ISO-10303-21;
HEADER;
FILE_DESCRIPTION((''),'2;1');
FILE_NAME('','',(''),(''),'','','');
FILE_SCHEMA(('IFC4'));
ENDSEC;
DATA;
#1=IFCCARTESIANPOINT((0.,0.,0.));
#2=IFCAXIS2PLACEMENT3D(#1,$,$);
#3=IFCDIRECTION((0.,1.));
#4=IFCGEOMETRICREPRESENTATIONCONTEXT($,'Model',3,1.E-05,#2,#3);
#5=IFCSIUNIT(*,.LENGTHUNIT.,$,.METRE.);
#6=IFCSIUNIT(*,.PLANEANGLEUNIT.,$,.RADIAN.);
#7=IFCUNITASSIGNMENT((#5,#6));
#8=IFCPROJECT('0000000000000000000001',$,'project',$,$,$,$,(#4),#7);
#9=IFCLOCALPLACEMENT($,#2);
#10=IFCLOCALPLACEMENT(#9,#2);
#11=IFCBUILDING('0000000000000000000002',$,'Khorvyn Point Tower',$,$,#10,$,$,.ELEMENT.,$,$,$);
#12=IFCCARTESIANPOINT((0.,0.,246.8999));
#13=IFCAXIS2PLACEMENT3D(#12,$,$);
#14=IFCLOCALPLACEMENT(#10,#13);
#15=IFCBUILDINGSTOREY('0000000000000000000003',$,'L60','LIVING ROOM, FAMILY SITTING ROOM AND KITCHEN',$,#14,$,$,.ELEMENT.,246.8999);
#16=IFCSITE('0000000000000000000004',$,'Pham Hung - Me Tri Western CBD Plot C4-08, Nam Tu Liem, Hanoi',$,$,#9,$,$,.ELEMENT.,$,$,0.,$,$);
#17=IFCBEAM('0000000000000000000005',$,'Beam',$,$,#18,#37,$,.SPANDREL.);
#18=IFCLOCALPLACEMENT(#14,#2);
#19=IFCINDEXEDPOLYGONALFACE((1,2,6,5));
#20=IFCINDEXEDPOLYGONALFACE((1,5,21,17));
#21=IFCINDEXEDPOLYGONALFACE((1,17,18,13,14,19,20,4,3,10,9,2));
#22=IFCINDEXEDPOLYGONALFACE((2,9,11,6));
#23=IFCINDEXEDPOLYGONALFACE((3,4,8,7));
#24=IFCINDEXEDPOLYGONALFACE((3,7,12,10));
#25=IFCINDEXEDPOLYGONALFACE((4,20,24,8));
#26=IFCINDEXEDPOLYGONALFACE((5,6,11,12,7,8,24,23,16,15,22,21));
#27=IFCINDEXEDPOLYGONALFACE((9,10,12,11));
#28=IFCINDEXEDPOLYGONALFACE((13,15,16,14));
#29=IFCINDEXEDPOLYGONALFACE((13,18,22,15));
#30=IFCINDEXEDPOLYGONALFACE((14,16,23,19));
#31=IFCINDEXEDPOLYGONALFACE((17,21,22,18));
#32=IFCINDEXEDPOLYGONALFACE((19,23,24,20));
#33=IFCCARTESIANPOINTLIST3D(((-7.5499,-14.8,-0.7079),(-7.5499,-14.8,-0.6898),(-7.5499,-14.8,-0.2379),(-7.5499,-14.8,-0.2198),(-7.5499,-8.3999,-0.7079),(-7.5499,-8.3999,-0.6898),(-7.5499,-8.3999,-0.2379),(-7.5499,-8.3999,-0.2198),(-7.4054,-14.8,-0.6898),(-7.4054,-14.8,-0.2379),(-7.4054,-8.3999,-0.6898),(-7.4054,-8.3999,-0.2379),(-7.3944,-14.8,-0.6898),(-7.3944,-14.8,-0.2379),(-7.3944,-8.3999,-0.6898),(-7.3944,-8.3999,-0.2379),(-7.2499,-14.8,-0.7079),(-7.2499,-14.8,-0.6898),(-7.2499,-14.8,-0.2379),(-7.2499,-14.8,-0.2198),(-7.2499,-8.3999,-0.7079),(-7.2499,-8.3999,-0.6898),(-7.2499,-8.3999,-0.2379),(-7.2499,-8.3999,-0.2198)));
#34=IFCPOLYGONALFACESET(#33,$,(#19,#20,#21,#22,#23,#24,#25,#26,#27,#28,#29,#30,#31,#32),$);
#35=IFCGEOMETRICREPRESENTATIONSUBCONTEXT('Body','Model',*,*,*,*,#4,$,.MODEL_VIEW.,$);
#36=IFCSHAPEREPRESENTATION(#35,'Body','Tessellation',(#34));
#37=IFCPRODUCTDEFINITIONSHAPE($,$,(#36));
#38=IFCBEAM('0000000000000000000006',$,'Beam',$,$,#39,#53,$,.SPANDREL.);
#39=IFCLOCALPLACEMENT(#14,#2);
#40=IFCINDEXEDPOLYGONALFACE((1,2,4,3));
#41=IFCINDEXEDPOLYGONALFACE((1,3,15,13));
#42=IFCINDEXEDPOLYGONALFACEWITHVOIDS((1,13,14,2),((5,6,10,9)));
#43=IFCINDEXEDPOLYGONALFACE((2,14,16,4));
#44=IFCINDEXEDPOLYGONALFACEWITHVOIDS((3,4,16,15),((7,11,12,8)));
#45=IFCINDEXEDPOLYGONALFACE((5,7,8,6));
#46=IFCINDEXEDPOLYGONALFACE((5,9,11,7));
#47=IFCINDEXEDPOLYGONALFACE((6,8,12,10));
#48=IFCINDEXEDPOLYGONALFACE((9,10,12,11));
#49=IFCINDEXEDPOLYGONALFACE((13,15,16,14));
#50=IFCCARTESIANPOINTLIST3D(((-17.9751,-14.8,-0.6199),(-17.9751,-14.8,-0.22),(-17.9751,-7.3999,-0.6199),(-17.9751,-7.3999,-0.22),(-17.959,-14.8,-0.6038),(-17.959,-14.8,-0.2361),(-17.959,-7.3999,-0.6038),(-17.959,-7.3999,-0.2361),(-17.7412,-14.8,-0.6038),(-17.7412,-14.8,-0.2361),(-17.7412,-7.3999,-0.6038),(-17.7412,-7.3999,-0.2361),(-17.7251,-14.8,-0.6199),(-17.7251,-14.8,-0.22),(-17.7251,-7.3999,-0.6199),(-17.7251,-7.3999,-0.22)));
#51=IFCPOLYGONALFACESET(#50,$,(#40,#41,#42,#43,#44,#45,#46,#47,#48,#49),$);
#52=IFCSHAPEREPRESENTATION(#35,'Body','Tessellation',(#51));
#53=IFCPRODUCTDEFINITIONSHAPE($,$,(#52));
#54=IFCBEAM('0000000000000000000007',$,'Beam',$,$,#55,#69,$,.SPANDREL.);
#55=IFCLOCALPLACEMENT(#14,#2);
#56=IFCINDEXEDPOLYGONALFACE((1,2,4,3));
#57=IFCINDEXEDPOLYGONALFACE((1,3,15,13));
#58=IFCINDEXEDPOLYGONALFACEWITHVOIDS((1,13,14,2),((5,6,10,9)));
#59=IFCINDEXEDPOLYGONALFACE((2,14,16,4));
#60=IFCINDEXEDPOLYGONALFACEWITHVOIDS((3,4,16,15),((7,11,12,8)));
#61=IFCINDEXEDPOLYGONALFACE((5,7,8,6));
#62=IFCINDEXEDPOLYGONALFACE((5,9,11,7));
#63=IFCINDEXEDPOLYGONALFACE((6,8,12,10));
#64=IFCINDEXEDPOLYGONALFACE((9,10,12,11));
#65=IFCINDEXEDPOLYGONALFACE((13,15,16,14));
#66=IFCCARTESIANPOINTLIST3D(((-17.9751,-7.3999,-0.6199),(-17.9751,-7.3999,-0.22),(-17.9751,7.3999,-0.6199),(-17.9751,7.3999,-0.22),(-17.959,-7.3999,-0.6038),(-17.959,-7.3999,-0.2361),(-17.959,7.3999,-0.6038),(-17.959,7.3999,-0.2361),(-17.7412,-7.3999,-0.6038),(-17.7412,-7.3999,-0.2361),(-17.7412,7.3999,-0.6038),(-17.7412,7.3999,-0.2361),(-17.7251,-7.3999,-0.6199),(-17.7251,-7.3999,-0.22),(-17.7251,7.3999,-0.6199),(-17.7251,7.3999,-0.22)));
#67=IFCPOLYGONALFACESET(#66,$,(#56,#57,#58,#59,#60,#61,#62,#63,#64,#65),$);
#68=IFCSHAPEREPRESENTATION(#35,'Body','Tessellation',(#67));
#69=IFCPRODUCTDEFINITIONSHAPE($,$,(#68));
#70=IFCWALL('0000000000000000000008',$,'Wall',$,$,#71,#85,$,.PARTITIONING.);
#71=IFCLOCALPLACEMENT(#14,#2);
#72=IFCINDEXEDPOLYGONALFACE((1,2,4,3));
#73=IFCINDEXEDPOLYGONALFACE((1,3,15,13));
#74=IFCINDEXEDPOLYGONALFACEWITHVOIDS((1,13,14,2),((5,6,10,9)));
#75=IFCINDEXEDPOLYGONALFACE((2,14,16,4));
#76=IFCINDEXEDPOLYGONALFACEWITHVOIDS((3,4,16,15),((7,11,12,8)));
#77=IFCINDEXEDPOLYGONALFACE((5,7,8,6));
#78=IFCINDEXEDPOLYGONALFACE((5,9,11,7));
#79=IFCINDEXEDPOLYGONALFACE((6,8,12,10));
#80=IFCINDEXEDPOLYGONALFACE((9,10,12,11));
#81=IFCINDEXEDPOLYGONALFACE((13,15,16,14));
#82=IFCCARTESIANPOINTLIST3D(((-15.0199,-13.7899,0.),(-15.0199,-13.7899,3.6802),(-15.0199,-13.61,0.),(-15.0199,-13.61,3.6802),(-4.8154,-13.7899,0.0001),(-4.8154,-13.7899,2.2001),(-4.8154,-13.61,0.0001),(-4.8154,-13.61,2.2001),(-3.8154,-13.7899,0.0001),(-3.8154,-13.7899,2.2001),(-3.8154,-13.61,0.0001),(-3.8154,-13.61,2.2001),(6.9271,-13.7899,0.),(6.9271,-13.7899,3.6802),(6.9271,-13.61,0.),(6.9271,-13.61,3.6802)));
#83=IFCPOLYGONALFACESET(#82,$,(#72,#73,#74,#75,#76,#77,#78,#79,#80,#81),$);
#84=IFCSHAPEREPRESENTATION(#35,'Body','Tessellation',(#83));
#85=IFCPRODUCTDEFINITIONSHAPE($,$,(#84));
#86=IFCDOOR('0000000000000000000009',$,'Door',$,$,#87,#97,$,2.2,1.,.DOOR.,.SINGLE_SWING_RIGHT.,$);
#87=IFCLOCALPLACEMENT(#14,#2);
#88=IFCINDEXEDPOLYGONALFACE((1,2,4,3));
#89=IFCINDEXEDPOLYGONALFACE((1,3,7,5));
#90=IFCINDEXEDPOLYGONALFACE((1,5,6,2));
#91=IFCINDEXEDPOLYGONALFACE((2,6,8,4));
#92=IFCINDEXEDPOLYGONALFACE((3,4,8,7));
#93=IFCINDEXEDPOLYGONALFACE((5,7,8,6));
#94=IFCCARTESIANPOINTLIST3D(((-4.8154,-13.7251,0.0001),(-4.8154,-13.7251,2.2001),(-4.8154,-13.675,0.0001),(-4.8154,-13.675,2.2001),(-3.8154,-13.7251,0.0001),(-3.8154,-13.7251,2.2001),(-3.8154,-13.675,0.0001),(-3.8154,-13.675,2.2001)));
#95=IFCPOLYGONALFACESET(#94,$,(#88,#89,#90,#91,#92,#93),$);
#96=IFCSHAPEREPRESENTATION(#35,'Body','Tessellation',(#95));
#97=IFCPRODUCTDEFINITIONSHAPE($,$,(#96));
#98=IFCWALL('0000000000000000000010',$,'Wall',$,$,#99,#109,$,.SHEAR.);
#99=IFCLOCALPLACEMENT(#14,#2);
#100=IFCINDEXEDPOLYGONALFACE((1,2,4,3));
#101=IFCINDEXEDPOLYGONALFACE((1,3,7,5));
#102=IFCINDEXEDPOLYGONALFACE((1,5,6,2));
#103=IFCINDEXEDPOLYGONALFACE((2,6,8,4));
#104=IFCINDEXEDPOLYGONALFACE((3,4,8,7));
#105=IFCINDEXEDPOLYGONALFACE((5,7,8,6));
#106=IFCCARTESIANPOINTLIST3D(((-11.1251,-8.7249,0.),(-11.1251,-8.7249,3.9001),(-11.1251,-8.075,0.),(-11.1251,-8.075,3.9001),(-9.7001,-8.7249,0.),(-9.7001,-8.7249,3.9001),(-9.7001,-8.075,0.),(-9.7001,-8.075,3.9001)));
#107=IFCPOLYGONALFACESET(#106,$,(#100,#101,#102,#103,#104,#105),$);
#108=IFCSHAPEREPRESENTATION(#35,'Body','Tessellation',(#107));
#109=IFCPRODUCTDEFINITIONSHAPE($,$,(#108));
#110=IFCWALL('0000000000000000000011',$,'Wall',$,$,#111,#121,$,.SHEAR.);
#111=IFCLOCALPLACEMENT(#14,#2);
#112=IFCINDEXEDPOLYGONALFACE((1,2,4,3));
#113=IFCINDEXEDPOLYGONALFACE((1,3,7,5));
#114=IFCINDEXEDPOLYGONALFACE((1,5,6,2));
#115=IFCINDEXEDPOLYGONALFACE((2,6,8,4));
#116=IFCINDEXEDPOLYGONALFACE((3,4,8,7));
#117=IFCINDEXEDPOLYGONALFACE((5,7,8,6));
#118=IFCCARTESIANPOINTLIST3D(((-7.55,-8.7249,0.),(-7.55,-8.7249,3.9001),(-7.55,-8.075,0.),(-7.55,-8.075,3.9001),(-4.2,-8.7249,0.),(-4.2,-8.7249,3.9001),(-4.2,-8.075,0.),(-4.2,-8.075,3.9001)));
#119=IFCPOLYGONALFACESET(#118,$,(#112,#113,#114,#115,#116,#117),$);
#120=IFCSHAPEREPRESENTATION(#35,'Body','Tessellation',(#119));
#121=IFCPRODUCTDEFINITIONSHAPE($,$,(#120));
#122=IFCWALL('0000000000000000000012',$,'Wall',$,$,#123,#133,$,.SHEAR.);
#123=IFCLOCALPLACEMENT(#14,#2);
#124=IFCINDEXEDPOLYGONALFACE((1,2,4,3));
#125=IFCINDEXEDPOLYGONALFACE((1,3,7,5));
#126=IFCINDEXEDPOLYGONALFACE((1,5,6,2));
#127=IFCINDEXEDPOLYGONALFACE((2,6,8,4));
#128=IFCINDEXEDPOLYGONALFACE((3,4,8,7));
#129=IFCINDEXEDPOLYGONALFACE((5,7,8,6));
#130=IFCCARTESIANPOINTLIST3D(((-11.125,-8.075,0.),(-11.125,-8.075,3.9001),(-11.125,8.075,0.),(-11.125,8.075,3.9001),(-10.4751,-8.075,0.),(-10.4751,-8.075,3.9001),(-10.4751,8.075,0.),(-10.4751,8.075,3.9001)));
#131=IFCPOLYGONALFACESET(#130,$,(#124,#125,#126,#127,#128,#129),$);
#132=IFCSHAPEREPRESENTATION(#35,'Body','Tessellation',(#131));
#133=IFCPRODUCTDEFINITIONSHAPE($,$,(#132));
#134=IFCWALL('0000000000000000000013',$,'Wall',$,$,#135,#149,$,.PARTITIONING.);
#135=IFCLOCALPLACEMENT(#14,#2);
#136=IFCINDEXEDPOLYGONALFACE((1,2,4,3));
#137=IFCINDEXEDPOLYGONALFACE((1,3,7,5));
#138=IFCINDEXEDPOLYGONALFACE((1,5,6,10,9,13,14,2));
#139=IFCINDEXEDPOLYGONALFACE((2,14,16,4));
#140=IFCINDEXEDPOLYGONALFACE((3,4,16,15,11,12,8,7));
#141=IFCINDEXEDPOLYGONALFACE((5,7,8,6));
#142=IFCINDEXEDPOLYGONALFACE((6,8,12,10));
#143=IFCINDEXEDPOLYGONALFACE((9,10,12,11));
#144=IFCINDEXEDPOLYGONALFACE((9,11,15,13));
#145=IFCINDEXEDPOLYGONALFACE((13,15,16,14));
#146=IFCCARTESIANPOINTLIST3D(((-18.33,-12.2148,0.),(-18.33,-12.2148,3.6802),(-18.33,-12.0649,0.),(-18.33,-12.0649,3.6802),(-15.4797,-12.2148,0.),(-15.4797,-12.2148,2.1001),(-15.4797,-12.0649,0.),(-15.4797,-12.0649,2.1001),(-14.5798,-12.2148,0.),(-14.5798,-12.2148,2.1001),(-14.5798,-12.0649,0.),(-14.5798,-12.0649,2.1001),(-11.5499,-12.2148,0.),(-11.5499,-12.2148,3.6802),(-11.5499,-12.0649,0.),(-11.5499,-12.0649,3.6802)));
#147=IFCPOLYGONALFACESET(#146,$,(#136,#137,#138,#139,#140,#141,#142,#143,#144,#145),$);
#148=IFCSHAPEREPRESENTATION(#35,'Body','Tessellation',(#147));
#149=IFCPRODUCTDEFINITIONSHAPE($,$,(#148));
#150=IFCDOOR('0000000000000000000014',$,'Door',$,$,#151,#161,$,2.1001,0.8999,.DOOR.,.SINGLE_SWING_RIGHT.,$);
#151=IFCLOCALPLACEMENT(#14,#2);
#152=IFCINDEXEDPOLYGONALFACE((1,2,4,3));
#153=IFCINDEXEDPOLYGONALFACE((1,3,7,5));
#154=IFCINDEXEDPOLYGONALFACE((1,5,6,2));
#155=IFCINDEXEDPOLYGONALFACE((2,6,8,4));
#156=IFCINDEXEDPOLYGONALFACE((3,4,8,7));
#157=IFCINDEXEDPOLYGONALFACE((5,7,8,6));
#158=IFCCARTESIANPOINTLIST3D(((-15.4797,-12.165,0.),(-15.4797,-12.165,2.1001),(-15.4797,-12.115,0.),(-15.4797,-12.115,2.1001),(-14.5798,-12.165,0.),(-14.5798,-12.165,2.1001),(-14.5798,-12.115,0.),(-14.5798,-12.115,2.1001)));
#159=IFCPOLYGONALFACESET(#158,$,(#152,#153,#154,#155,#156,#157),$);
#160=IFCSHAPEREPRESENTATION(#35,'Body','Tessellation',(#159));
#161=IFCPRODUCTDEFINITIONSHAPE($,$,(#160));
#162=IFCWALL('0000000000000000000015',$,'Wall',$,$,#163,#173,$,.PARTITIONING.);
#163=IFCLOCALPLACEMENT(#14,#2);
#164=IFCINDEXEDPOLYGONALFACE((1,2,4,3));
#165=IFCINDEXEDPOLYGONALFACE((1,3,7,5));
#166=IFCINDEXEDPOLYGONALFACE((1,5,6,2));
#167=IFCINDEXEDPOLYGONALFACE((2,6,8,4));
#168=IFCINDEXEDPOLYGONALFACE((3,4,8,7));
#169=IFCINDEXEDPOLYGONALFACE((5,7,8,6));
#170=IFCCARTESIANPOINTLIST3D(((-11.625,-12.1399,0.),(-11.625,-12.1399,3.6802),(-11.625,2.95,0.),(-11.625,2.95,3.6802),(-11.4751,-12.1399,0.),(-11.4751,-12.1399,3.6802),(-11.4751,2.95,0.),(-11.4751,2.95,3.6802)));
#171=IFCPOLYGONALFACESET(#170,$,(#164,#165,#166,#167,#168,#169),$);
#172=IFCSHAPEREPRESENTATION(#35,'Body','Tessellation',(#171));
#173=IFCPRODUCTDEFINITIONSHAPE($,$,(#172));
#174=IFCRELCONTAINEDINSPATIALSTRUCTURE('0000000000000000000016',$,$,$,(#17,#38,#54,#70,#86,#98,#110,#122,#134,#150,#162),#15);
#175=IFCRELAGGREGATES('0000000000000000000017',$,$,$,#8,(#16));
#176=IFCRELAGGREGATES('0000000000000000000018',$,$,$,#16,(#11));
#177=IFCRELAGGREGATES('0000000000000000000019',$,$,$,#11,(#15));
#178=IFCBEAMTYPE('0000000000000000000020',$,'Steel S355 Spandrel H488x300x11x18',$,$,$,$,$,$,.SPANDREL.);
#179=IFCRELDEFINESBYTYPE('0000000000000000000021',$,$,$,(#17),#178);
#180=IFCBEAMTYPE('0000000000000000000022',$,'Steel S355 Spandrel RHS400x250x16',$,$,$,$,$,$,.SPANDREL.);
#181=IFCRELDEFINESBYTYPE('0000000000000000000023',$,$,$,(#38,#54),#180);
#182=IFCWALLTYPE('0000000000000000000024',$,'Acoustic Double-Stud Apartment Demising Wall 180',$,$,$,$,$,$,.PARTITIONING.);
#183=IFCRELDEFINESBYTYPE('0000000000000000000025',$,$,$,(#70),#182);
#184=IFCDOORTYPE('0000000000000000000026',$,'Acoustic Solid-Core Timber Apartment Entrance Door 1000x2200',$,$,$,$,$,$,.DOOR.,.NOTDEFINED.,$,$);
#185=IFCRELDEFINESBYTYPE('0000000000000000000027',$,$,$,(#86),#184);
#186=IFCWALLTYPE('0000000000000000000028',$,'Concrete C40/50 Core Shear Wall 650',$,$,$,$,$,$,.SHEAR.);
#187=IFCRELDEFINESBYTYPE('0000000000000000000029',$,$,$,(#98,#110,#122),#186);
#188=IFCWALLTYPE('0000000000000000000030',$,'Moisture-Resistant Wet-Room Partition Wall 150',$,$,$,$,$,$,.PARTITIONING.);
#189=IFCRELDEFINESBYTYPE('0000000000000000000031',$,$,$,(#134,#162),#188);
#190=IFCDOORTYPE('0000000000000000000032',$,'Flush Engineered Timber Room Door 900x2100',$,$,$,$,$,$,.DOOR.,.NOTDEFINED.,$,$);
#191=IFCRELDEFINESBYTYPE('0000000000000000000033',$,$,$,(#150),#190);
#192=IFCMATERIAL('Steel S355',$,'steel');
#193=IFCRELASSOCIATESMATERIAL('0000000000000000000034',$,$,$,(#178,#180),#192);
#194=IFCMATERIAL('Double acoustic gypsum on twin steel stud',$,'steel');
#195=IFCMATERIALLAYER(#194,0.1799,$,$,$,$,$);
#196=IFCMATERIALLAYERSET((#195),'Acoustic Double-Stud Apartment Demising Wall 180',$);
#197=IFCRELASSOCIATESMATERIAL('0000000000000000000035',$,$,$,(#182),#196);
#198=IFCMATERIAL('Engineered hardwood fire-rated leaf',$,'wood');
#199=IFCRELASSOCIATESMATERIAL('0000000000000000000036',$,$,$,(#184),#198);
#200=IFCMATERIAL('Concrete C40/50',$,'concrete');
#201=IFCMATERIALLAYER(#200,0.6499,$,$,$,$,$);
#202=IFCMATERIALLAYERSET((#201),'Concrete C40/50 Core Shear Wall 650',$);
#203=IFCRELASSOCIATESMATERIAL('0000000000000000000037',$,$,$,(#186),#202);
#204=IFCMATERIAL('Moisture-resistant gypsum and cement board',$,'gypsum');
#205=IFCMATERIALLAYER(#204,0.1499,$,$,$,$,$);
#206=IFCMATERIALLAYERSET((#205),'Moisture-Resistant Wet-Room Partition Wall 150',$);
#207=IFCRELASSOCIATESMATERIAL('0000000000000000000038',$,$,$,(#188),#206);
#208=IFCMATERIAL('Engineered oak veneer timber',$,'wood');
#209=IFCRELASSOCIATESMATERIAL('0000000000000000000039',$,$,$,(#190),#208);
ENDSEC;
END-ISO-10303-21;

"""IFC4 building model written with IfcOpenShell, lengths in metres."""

from ifc_helpers import new_model, si_unit, direction, frame, frame_2d, origin, origin_2d, place, context, subcontext, project, spatial, rectangle, hollow_rectangle, i_section, extrude, material, layer, layer_set, material_profile, profile_set, type_object, element, fill, save


model = new_model("IFC4")

# Units and contexts
model_context = context("Model", 3, precision=1e-05, world=origin(), true_north=direction((0.0, 1.0)))
body_context = subcontext(model_context, "Body", "Model", "MODEL_VIEW")
ifc_project = project(units=[si_unit("LENGTHUNIT", "METRE"), si_unit("PLANEANGLEUNIT", "RADIAN")], contexts=[model_context])

# Site, building, storey
site_placement = place(None, origin())
site = spatial("IfcSite", under=ifc_project, at=site_placement, Name="Pham Hung - Me Tri Western CBD Plot C4-08, Nam Tu Liem, Hanoi", CompositionType="ELEMENT", RefElevation=0.0)
building_placement = place(site_placement, origin())
building = spatial("IfcBuilding", under=site, at=building_placement, Name="Khorvyn Point Tower", CompositionType="ELEMENT")
storey_placement = place(building_placement, frame((0.0, 0.0, 246.8999)))
storey = spatial("IfcBuildingStorey", under=building, at=storey_placement, Name="L60", Description="LIVING ROOM, FAMILY SITTING ROOM AND KITCHEN", CompositionType="ELEMENT", Elevation=246.8999)

# Shared definitions
ifc_material_1 = material(Name="Concrete C40/50", Category="concrete")

# Beams
ifc_material_2 = material(Name="Steel S355", Category="steel")
ifc_material_profile_1 = material_profile(ifc_material_2, i_section(OverallWidth=0.3, OverallDepth=0.488, WebThickness=0.011, FlangeThickness=0.0181, at=origin_2d()))
ifc_profile_set_1 = profile_set([ifc_material_profile_1], Name="Steel S355 H488x300x11x18")
beam_type_1 = type_object("IfcBeamType", Name="Steel S355 Spandrel H488x300x11x18", PredefinedType="SPANDREL", material=ifc_profile_set_1)
beam_1_placement = place(storey_placement, frame((-7.3999, -14.8, -0.4639), z_axis=(0.0, 1.0, 0.0), x_axis=(-1.0, 0.0, 0.0)))
element("IfcBeam", 1, at=beam_1_placement, inside=storey, type_object=beam_type_1, Name="Beam", PredefinedType="SPANDREL", context=body_context, shape_type="SweptSolid", body=[
    extrude(i_section(OverallWidth=0.3, OverallDepth=0.488, WebThickness=0.011, FlangeThickness=0.0181, at=origin_2d()), origin(), (0.0, 0.0, 1.0), 6.4001),
])
ifc_material_profile_2 = material_profile(ifc_material_2, hollow_rectangle(XDim=0.25, YDim=0.3999, WallThickness=0.0161, at=origin_2d()))
ifc_profile_set_2 = profile_set([ifc_material_profile_2], Name="Steel S355 RHS400x250x16")
beam_type_2 = type_object("IfcBeamType", Name="Steel S355 Spandrel RHS400x250x16", PredefinedType="SPANDREL", material=ifc_profile_set_2)
beam_2_placement = place(storey_placement, frame((-17.8501, -14.8, -0.4199), z_axis=(0.0, 1.0, 0.0), x_axis=(-1.0, 0.0, 0.0)))
element("IfcBeam", 2, at=beam_2_placement, inside=storey, type_object=beam_type_2, Name="Beam", PredefinedType="SPANDREL", context=body_context, shape_type="SweptSolid", body=[
    extrude(hollow_rectangle(XDim=0.25, YDim=0.3999, WallThickness=0.0161, at=origin_2d()), origin(), (0.0, 0.0, 1.0), 7.4001),
])
beam_3_placement = place(storey_placement, frame((-17.8501, -7.3999, -0.4199), z_axis=(0.0, 1.0, 0.0), x_axis=(-1.0, 0.0, 0.0)))
element("IfcBeam", 3, at=beam_3_placement, inside=storey, type_object=beam_type_2, Name="Beam", PredefinedType="SPANDREL", context=body_context, shape_type="SweptSolid", body=[
    extrude(hollow_rectangle(XDim=0.25, YDim=0.3999, WallThickness=0.0161, at=origin_2d()), origin(), (0.0, 0.0, 1.0), 14.7998),
])

# Wall, opening, door
ifc_material_3 = material(Name="Double acoustic gypsum on twin steel stud", Category="steel")
ifc_layer_1 = layer(ifc_material_3, 0.1799)
ifc_layer_set_1 = layer_set([ifc_layer_1], Name="Acoustic Double-Stud Apartment Demising Wall 180")
wall_type_1 = type_object("IfcWallType", Name="Acoustic Double-Stud Apartment Demising Wall 180", PredefinedType="PARTITIONING", material=ifc_layer_set_1)
wall_1_placement = place(storey_placement, frame((-15.02, -13.7, 0.0), z_axis=(0.0, 0.0, 1.0), x_axis=(1.0, 0.0, 0.0)))
wall_1 = element("IfcWall", 4, at=wall_1_placement, inside=storey, type_object=wall_type_1, Name="Wall", PredefinedType="PARTITIONING", context=body_context, shape_type="SweptSolid", body=[
    extrude(rectangle(XDim=21.947, YDim=0.1799, at=frame_2d((10.9736, 0.0))), origin(), (0.0, 0.0, 1.0), 3.6802),
])
opening_1_placement = place(wall_1_placement, frame((10.2046, 0.0, 0.0)))
opening_1 = element("IfcOpeningElement", 5, at=opening_1_placement, cuts=wall_1, PredefinedType="OPENING", context=body_context, shape_type="SweptSolid", body=[
    extrude(rectangle(XDim=1.0, YDim=2.2, at=frame_2d((0.5, 1.1001))), frame((0.0, 0.0999, 0.0), z_axis=(0.0, -1.0, 0.0), x_axis=(1.0, 0.0, 0.0)), (0.0, 0.0, 1.0), 0.2),
])
ifc_material_4 = material(Name="Engineered hardwood fire-rated leaf", Category="wood")
door_type_1 = type_object("IfcDoorType", Name="Acoustic Solid-Core Timber Apartment Entrance Door 1000x2200", OperationType="NOTDEFINED", PredefinedType="DOOR", material=ifc_material_4)
door_1_placement = place(opening_1_placement, origin())
door_1 = element("IfcDoor", 6, at=door_1_placement, inside=storey, type_object=door_type_1, Name="Door", OperationType="SINGLE_SWING_RIGHT", OverallHeight=2.2, OverallWidth=1.0, PredefinedType="DOOR", context=body_context, shape_type="SweptSolid", body=[
    extrude(rectangle(XDim=1.0, YDim=2.2, at=frame_2d((0.5, 1.1001))), frame((0.0, 0.0249, 0.0), z_axis=(0.0, -1.0, 0.0), x_axis=(1.0, 0.0, 0.0)), (0.0, 0.0, 1.0), 0.05),
])
fill(opening_1, door_1)

# Walls
ifc_layer_2 = layer(ifc_material_1, 0.6499)
ifc_layer_set_2 = layer_set([ifc_layer_2], Name="Concrete C40/50 Core Shear Wall 650")
wall_type_2 = type_object("IfcWallType", Name="Concrete C40/50 Core Shear Wall 650", PredefinedType="SHEAR", material=ifc_layer_set_2)
wall_2_placement = place(storey_placement, frame((-11.125, -8.3999, 0.0), z_axis=(0.0, 0.0, 1.0), x_axis=(1.0, 0.0, 0.0)))
element("IfcWall", 7, at=wall_2_placement, inside=storey, type_object=wall_type_2, Name="Wall", PredefinedType="SHEAR", context=body_context, shape_type="SweptSolid", body=[
    extrude(rectangle(XDim=1.425, YDim=0.6499, at=frame_2d((0.7124, 0.0))), origin(), (0.0, 0.0, 1.0), 3.9001),
])
wall_3_placement = place(storey_placement, frame((-7.55, -8.3999, 0.0), z_axis=(0.0, 0.0, 1.0), x_axis=(1.0, 0.0, 0.0)))
element("IfcWall", 8, at=wall_3_placement, inside=storey, type_object=wall_type_2, Name="Wall", PredefinedType="SHEAR", context=body_context, shape_type="SweptSolid", body=[
    extrude(rectangle(XDim=3.3501, YDim=0.6499, at=frame_2d((1.675, 0.0))), origin(), (0.0, 0.0, 1.0), 3.9001),
])
wall_4_placement = place(storey_placement, frame((-10.8, -8.075, 0.0), z_axis=(0.0, 0.0, 1.0), x_axis=(0.0, 1.0, 0.0)))
element("IfcWall", 9, at=wall_4_placement, inside=storey, type_object=wall_type_2, Name="Wall", PredefinedType="SHEAR", context=body_context, shape_type="SweptSolid", body=[
    extrude(rectangle(XDim=16.1499, YDim=0.6499, at=frame_2d((8.075, 0.0))), origin(), (0.0, 0.0, 1.0), 3.9001),
])

# Wall, opening, door
ifc_material_5 = material(Name="Moisture-resistant gypsum and cement board", Category="gypsum")
ifc_layer_3 = layer(ifc_material_5, 0.1499)
ifc_layer_set_3 = layer_set([ifc_layer_3], Name="Moisture-Resistant Wet-Room Partition Wall 150")
wall_type_3 = type_object("IfcWallType", Name="Moisture-Resistant Wet-Room Partition Wall 150", PredefinedType="PARTITIONING", material=ifc_layer_set_3)
wall_5_placement = place(storey_placement, frame((-18.3301, -12.1399, 0.0), z_axis=(0.0, 0.0, 1.0), x_axis=(1.0, 0.0, 0.0)))
wall_5 = element("IfcWall", 10, at=wall_5_placement, inside=storey, type_object=wall_type_3, Name="Wall", PredefinedType="PARTITIONING", context=body_context, shape_type="SweptSolid", body=[
    extrude(rectangle(XDim=6.78, YDim=0.1499, at=frame_2d((3.3901, 0.0))), origin(), (0.0, 0.0, 1.0), 3.6802),
])
opening_2_placement = place(wall_5_placement, frame((2.8503, 0.0, 0.0)))
opening_2 = element("IfcOpeningElement", 11, at=opening_2_placement, cuts=wall_5, PredefinedType="OPENING", context=body_context, shape_type="SweptSolid", body=[
    extrude(rectangle(XDim=0.8999, YDim=2.1001, at=frame_2d((0.45, 1.05))), frame((0.0, 0.085, 0.0), z_axis=(0.0, -1.0, 0.0), x_axis=(1.0, 0.0, 0.0)), (0.0, 0.0, 1.0), 0.1699),
])
ifc_material_6 = material(Name="Engineered oak veneer timber", Category="wood")
door_type_2 = type_object("IfcDoorType", Name="Flush Engineered Timber Room Door 900x2100", OperationType="NOTDEFINED", PredefinedType="DOOR", material=ifc_material_6)
door_2_placement = place(opening_2_placement, origin())
door_2 = element("IfcDoor", 12, at=door_2_placement, inside=storey, type_object=door_type_2, Name="Door", OperationType="SINGLE_SWING_RIGHT", OverallHeight=2.1001, OverallWidth=0.8999, PredefinedType="DOOR", context=body_context, shape_type="SweptSolid", body=[
    extrude(rectangle(XDim=0.8999, YDim=2.1001, at=frame_2d((0.45, 1.05))), frame((0.0, 0.0249, 0.0), z_axis=(0.0, -1.0, 0.0), x_axis=(1.0, 0.0, 0.0)), (0.0, 0.0, 1.0), 0.05),
])
fill(opening_2, door_2)

# Wall
wall_6_placement = place(storey_placement, frame((-11.55, -12.1399, 0.0), z_axis=(0.0, 0.0, 1.0), x_axis=(0.0, 1.0, 0.0)))
element("IfcWall", 13, at=wall_6_placement, inside=storey, type_object=wall_type_3, Name="Wall", PredefinedType="PARTITIONING", context=body_context, shape_type="SweptSolid", body=[
    extrude(rectangle(XDim=15.0898, YDim=0.1499, at=frame_2d((7.5449, 0.0))), origin(), (0.0, 0.0, 1.0), 3.6802),
])

save(model, "model.ifc")
